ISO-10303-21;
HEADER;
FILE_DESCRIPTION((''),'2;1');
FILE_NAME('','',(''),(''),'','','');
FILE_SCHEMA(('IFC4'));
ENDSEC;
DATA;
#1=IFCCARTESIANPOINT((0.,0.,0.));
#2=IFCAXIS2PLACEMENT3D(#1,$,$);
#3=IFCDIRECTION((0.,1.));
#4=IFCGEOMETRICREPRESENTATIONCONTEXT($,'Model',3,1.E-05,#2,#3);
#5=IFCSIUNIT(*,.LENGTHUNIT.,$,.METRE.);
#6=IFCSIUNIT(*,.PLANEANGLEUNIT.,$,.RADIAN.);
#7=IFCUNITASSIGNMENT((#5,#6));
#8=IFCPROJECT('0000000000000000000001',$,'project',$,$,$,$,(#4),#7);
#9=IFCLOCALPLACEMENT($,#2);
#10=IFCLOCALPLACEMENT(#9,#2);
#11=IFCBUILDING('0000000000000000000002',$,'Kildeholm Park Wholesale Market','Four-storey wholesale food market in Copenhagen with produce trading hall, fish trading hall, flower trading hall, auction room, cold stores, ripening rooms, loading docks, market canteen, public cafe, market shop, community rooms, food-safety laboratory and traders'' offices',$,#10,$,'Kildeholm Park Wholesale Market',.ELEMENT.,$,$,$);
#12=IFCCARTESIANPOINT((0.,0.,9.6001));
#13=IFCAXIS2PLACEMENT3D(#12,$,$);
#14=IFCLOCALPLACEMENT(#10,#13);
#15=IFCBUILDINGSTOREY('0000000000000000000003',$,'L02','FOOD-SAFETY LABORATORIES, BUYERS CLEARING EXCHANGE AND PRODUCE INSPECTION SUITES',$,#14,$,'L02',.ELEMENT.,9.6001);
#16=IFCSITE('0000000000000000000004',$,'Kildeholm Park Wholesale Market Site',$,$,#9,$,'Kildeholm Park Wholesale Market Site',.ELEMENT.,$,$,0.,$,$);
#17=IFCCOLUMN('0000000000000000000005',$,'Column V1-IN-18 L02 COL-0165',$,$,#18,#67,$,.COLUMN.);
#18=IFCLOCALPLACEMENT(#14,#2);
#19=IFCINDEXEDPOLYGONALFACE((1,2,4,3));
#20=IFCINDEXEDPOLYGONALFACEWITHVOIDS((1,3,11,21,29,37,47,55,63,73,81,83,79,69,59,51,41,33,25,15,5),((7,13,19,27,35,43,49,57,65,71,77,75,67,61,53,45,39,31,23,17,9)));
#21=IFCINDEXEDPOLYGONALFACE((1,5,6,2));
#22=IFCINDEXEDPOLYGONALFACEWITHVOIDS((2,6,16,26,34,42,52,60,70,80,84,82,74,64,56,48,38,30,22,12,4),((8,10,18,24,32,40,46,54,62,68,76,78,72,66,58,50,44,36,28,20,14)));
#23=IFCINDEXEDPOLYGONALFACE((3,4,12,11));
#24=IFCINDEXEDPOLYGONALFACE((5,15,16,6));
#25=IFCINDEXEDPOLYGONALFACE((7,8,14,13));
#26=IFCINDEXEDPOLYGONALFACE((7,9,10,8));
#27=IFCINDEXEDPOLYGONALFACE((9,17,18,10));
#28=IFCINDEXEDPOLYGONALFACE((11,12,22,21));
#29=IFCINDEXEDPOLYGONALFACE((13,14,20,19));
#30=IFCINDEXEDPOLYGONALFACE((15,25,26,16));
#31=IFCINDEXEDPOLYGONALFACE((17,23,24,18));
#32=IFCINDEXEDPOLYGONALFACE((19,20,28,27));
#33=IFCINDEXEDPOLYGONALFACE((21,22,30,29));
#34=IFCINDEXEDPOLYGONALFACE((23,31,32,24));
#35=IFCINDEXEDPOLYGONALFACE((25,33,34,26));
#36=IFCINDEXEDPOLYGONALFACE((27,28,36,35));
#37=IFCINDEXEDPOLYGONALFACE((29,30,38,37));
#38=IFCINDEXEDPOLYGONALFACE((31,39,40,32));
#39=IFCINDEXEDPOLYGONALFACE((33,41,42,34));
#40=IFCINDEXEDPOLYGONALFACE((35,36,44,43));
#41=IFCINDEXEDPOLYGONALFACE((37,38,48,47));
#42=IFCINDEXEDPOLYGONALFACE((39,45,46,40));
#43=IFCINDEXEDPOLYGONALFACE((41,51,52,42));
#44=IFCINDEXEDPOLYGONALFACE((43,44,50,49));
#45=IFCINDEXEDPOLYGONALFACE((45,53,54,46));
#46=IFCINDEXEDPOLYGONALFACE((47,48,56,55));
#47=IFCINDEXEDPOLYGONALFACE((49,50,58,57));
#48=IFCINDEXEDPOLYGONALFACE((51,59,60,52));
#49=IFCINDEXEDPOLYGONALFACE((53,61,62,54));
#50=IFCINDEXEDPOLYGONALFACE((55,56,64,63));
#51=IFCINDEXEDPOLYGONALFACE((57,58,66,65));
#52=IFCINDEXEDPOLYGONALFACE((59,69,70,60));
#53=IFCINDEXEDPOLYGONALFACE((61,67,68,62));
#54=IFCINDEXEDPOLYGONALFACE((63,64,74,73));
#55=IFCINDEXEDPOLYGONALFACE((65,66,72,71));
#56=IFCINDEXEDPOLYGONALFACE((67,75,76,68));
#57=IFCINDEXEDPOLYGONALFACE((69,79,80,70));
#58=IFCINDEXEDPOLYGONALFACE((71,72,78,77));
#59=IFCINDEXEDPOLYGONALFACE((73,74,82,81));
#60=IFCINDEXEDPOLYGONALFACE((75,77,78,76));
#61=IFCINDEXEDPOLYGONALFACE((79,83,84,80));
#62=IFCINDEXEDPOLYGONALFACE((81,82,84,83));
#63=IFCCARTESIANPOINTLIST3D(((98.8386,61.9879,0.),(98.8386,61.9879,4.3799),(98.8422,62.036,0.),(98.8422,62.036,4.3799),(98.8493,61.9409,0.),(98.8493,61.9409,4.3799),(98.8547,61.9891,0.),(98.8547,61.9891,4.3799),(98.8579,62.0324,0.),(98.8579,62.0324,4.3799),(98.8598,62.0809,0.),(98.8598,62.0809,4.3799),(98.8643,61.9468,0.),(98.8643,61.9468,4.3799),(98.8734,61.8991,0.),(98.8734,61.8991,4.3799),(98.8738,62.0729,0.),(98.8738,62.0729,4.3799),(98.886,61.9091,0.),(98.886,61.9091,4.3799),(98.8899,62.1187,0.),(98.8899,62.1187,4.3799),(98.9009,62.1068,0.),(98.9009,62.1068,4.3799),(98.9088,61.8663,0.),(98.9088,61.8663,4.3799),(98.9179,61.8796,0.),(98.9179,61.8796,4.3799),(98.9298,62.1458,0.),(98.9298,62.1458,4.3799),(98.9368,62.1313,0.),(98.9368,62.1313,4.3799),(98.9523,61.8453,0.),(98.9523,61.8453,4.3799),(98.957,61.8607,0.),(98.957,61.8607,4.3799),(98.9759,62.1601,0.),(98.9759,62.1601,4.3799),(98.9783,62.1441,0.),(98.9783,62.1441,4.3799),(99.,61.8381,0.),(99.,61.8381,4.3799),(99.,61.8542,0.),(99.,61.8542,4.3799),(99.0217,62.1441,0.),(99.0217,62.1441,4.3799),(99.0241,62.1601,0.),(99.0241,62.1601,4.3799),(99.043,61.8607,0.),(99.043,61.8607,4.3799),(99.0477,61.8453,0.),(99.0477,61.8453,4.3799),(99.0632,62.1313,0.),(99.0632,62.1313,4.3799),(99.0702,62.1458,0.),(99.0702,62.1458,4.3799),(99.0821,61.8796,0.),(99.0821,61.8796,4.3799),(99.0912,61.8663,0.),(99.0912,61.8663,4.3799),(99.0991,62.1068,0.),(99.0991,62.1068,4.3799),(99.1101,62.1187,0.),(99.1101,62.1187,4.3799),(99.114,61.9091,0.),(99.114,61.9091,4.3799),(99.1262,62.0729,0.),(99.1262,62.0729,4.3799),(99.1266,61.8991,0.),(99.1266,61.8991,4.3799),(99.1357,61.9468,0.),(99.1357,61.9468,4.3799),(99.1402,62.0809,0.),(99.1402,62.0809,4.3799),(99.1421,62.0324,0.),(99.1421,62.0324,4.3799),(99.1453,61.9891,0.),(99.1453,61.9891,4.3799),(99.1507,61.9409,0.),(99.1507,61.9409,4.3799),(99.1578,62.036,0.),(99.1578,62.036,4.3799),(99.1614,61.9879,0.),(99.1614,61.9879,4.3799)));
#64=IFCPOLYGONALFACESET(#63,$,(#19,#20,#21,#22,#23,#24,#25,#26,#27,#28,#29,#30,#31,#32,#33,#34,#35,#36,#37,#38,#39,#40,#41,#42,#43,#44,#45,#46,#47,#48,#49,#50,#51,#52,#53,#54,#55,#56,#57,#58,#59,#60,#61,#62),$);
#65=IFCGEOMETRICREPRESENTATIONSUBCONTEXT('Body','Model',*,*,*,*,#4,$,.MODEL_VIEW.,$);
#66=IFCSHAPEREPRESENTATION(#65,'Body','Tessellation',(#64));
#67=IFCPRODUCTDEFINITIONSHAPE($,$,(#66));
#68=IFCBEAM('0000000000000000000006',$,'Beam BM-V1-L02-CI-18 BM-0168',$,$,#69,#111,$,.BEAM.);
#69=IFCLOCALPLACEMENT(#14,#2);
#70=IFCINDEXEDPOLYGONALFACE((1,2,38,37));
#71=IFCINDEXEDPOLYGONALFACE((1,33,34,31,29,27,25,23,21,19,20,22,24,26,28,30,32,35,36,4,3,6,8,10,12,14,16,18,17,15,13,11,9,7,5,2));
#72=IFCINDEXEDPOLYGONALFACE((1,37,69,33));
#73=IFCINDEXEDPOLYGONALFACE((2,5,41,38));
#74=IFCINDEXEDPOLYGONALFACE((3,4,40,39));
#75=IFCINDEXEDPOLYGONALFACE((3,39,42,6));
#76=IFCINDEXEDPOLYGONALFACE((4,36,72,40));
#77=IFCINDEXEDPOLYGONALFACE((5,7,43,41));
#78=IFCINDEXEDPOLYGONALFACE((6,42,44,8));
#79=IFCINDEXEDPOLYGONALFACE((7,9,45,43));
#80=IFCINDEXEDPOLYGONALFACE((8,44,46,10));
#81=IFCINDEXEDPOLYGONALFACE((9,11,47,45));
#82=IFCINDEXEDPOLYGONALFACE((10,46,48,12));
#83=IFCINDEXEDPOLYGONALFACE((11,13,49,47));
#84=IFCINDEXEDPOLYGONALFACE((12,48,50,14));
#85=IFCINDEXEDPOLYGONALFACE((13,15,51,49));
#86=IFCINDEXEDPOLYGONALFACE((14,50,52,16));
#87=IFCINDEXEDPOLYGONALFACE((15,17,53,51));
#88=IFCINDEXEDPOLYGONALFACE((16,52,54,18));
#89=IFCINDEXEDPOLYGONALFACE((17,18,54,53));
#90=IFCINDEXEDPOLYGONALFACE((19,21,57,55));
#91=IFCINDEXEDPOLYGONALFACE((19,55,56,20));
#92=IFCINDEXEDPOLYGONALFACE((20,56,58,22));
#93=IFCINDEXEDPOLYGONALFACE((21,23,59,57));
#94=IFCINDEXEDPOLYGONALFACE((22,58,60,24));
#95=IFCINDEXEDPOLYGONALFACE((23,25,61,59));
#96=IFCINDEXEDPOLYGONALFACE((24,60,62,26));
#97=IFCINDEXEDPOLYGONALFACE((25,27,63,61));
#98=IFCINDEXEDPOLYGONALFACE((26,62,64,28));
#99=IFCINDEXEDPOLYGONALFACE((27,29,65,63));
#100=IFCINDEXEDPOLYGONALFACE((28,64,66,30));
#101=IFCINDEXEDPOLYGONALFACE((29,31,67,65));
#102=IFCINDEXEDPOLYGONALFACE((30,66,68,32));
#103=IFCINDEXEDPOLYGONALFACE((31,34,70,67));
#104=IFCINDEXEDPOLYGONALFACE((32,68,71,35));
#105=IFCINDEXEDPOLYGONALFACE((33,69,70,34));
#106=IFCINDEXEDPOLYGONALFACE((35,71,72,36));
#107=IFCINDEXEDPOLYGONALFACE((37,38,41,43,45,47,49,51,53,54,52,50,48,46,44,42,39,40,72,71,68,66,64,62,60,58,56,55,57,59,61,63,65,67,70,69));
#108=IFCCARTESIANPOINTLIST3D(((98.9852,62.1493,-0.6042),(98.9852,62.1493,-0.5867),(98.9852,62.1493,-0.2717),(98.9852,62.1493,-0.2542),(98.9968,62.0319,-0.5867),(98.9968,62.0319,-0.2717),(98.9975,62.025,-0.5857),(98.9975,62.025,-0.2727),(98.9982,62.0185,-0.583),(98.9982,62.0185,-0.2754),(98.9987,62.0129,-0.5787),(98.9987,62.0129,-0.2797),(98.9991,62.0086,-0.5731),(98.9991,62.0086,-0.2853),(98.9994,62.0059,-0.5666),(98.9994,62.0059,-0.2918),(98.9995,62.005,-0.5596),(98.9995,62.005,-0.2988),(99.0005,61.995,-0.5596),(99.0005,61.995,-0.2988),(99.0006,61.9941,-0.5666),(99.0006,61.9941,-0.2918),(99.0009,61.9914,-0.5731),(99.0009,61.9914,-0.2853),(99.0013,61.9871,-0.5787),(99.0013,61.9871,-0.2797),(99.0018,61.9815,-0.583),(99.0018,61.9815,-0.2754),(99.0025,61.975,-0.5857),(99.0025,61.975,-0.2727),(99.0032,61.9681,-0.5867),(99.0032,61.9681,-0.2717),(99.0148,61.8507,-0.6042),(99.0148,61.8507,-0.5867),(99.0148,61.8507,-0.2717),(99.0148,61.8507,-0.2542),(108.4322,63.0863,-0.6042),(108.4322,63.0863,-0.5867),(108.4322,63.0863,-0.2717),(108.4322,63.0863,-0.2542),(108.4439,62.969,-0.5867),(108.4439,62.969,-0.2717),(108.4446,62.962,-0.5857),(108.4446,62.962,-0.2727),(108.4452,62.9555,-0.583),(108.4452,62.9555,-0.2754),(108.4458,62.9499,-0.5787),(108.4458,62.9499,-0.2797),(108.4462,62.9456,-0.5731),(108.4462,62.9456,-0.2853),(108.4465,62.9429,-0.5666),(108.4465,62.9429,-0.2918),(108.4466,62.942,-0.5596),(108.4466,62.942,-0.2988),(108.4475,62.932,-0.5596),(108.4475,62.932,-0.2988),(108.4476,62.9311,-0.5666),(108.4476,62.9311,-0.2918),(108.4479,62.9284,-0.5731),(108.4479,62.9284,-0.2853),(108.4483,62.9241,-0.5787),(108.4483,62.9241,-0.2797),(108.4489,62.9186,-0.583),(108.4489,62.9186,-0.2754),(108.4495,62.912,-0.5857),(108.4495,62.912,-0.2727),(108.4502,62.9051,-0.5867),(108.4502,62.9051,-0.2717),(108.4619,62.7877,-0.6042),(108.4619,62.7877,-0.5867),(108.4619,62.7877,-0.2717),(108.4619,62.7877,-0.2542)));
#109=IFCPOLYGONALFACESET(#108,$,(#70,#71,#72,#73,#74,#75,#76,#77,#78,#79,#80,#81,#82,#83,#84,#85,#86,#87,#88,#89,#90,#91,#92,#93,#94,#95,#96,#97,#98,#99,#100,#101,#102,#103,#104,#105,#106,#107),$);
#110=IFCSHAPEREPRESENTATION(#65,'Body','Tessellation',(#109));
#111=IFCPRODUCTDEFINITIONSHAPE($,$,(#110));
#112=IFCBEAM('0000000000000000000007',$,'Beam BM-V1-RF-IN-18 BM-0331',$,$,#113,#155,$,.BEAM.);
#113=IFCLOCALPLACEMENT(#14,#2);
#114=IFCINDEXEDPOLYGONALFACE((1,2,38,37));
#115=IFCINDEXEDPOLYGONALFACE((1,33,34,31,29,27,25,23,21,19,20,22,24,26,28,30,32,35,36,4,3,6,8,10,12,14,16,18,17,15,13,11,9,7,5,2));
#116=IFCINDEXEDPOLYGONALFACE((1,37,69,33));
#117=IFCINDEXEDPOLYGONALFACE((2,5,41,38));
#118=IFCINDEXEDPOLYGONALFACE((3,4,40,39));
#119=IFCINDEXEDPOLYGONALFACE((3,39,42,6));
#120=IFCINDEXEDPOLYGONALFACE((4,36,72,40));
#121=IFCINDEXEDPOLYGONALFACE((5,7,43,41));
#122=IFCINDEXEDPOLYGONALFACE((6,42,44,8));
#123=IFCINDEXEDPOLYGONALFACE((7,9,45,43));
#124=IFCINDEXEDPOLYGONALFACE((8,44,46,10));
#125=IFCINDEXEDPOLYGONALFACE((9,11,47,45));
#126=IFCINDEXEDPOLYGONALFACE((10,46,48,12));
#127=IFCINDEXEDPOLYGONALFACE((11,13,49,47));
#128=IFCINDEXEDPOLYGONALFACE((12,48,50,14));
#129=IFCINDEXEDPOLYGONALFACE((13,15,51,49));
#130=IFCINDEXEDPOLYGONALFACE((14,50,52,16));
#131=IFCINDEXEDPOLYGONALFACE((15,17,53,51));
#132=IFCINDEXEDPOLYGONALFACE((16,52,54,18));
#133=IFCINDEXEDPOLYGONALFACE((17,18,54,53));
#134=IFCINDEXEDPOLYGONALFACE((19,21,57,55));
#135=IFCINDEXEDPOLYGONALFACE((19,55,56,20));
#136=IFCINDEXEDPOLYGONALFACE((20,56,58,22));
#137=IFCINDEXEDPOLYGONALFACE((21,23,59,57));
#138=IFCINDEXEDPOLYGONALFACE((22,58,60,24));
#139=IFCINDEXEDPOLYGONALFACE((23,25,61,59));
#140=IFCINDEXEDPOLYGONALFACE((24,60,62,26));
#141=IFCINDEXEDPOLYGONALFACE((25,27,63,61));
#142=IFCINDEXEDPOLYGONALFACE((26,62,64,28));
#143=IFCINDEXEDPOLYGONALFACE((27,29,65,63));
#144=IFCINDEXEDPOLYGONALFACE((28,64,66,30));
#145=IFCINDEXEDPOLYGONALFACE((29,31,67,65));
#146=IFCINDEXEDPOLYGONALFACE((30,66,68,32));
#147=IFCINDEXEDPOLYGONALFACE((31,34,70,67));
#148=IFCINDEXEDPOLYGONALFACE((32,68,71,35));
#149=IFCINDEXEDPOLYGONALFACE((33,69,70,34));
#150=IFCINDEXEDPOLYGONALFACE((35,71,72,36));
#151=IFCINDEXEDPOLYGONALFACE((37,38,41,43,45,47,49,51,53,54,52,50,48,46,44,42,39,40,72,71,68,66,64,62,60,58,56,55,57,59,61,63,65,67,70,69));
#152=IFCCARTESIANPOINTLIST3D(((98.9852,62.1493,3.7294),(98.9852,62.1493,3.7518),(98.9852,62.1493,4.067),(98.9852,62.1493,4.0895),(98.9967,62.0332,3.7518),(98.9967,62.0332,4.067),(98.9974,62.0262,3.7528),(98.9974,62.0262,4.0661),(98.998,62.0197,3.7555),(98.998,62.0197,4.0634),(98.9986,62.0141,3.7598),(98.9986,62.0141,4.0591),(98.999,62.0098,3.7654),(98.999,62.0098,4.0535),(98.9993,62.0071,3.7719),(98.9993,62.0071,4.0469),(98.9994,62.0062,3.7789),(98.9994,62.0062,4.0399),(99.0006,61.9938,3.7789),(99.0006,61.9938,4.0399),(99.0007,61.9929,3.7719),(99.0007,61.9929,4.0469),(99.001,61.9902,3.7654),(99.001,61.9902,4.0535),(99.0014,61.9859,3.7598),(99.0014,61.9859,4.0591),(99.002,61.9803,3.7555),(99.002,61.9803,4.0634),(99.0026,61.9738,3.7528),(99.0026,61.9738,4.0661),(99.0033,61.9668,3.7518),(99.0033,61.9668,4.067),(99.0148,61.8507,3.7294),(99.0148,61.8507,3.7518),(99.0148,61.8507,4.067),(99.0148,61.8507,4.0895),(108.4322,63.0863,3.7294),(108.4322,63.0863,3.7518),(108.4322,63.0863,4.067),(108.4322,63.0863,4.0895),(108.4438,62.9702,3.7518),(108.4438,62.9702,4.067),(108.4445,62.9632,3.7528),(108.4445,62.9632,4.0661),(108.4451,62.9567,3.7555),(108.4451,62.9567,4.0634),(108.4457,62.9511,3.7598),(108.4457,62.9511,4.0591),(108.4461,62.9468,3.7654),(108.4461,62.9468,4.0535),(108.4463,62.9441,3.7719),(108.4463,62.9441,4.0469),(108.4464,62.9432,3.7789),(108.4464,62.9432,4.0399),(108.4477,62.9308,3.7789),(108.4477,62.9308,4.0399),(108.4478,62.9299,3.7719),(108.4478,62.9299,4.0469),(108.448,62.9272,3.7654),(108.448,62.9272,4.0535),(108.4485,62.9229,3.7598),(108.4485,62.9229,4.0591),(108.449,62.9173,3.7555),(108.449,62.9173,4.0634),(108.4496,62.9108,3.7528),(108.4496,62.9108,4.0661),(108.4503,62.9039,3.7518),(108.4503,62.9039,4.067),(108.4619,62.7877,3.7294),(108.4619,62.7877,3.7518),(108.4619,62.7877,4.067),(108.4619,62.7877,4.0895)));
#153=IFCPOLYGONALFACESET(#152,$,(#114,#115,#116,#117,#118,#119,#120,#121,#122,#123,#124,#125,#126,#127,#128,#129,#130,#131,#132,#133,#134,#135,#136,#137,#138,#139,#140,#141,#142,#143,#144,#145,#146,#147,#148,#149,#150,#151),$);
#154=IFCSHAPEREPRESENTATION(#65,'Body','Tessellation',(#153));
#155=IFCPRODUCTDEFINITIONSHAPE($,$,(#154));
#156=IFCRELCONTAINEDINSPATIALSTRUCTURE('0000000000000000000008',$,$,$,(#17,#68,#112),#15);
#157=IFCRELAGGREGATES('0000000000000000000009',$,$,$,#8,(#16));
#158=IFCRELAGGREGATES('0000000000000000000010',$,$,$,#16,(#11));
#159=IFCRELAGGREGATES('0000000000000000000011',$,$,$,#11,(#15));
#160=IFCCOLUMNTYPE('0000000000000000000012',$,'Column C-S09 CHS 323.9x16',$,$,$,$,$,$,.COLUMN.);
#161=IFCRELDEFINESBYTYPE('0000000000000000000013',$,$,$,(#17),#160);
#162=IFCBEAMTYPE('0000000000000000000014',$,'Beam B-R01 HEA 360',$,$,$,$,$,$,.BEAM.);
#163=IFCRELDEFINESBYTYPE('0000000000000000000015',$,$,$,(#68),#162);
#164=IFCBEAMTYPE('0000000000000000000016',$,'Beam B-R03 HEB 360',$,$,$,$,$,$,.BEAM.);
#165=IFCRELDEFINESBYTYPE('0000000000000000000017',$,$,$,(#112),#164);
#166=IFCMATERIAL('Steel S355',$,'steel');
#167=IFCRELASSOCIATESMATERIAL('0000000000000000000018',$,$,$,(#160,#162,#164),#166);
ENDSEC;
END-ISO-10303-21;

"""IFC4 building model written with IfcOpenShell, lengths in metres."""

from ifc_helpers import new_model, si_unit, direction, frame, origin, origin_2d, place, context, subcontext, project, spatial, hollow_circle, i_section, extrude, material, material_profile, profile_set, type_object, element, save


model = new_model("IFC4")

# Units and contexts
model_context = context("Model", 3, precision=1e-05, world=origin(), true_north=direction((0.0, 1.0)))
body_context = subcontext(model_context, "Body", "Model", "MODEL_VIEW")
ifc_project = project(units=[si_unit("LENGTHUNIT", "METRE"), si_unit("PLANEANGLEUNIT", "RADIAN")], contexts=[model_context])

# Site, building, storey
site_placement = place(None, origin())
site = spatial("IfcSite", under=ifc_project, at=site_placement, Name="Kildeholm Park Wholesale Market Site", LongName="Kildeholm Park Wholesale Market Site", CompositionType="ELEMENT", RefElevation=0.0)
building_placement = place(site_placement, origin())
building = spatial("IfcBuilding", under=site, at=building_placement, Name="Kildeholm Park Wholesale Market", Description="Four-storey wholesale food market in Copenhagen with produce trading hall, fish trading hall, flower trading hall, auction room, cold stores, ripening rooms, loading docks, market canteen, public cafe, market shop, community rooms, food-safety laboratory and traders' offices", LongName="Kildeholm Park Wholesale Market", CompositionType="ELEMENT")
storey_placement = place(building_placement, frame((0.0, 0.0, 9.6001)))
storey = spatial("IfcBuildingStorey", under=building, at=storey_placement, Name="L02", Description="FOOD-SAFETY LABORATORIES, BUYERS CLEARING EXCHANGE AND PRODUCE INSPECTION SUITES", LongName="L02", CompositionType="ELEMENT", Elevation=9.6001)

# Column
ifc_material_1 = material(Name="Steel S355", Category="steel")
ifc_material_profile_1 = material_profile(ifc_material_1, hollow_circle(Radius=0.1619, WallThickness=0.0161, at=origin_2d()), Name="CHS 323.9x16")
ifc_profile_set_1 = profile_set([ifc_material_profile_1], Name="Steel S355")
column_type = type_object("IfcColumnType", Name="Column C-S09 CHS 323.9x16", PredefinedType="COLUMN", material=ifc_profile_set_1)
column_placement = place(storey_placement, frame((99.0, 62.0, 0.0), z_axis=(0.0, 0.0, 1.0), x_axis=(0.0, -1.0, 0.0)))
element("IfcColumn", 1, at=column_placement, inside=storey, type_object=column_type, Name="Column V1-IN-18 L02 COL-0165", PredefinedType="COLUMN", context=body_context, shape_type="SweptSolid", body=[
    extrude(hollow_circle(Radius=0.1619, WallThickness=0.0161, at=origin_2d()), origin(), (0.0, 0.0, 1.0), 4.3799),
])

# Beams
ifc_material_profile_2 = material_profile(ifc_material_1, i_section(OverallWidth=0.3, OverallDepth=0.3501, WebThickness=0.01, FlangeThickness=0.0176, FilletRadius=0.0271, at=origin_2d()), Name="HEA 360")
ifc_profile_set_2 = profile_set([ifc_material_profile_2], Name="Steel S355")
beam_type_1 = type_object("IfcBeamType", Name="Beam B-R01 HEA 360", PredefinedType="BEAM", material=ifc_profile_set_2)
beam_1_placement = place(storey_placement, frame((99.0, 62.0, -0.4292), z_axis=(0.995117, 0.098702, 0.0), x_axis=(-0.098702, 0.995117, 0.0)))
element("IfcBeam", 2, at=beam_1_placement, inside=storey, type_object=beam_type_1, Name="Beam BM-V1-L02-CI-18 BM-0168", PredefinedType="BEAM", context=body_context, shape_type="SweptSolid", body=[
    extrude(i_section(OverallWidth=0.3, OverallDepth=0.3501, WebThickness=0.01, FlangeThickness=0.0176, FilletRadius=0.0271, at=origin_2d()), origin(), (0.0, 0.0, 1.0), 9.4934),
])
ifc_material_profile_3 = material_profile(ifc_material_1, i_section(OverallWidth=0.3, OverallDepth=0.3601, WebThickness=0.0125, FlangeThickness=0.0225, FilletRadius=0.0271, at=origin_2d()), Name="HEB 360")
ifc_profile_set_3 = profile_set([ifc_material_profile_3], Name="Steel S355")
beam_type_2 = type_object("IfcBeamType", Name="Beam B-R03 HEB 360", PredefinedType="BEAM", material=ifc_profile_set_3)
beam_2_placement = place(storey_placement, frame((99.0, 62.0, 3.9094), z_axis=(0.995117, 0.098702, 0.0), x_axis=(-0.098702, 0.995117, 0.0)))
element("IfcBeam", 3, at=beam_2_placement, inside=storey, type_object=beam_type_2, Name="Beam BM-V1-RF-IN-18 BM-0331", PredefinedType="BEAM", context=body_context, shape_type="SweptSolid", body=[
    extrude(i_section(OverallWidth=0.3, OverallDepth=0.3601, WebThickness=0.0125, FlangeThickness=0.0225, FilletRadius=0.0271, at=origin_2d()), origin(), (0.0, 0.0, 1.0), 9.4934),
])

save(model, "model.ifc")
